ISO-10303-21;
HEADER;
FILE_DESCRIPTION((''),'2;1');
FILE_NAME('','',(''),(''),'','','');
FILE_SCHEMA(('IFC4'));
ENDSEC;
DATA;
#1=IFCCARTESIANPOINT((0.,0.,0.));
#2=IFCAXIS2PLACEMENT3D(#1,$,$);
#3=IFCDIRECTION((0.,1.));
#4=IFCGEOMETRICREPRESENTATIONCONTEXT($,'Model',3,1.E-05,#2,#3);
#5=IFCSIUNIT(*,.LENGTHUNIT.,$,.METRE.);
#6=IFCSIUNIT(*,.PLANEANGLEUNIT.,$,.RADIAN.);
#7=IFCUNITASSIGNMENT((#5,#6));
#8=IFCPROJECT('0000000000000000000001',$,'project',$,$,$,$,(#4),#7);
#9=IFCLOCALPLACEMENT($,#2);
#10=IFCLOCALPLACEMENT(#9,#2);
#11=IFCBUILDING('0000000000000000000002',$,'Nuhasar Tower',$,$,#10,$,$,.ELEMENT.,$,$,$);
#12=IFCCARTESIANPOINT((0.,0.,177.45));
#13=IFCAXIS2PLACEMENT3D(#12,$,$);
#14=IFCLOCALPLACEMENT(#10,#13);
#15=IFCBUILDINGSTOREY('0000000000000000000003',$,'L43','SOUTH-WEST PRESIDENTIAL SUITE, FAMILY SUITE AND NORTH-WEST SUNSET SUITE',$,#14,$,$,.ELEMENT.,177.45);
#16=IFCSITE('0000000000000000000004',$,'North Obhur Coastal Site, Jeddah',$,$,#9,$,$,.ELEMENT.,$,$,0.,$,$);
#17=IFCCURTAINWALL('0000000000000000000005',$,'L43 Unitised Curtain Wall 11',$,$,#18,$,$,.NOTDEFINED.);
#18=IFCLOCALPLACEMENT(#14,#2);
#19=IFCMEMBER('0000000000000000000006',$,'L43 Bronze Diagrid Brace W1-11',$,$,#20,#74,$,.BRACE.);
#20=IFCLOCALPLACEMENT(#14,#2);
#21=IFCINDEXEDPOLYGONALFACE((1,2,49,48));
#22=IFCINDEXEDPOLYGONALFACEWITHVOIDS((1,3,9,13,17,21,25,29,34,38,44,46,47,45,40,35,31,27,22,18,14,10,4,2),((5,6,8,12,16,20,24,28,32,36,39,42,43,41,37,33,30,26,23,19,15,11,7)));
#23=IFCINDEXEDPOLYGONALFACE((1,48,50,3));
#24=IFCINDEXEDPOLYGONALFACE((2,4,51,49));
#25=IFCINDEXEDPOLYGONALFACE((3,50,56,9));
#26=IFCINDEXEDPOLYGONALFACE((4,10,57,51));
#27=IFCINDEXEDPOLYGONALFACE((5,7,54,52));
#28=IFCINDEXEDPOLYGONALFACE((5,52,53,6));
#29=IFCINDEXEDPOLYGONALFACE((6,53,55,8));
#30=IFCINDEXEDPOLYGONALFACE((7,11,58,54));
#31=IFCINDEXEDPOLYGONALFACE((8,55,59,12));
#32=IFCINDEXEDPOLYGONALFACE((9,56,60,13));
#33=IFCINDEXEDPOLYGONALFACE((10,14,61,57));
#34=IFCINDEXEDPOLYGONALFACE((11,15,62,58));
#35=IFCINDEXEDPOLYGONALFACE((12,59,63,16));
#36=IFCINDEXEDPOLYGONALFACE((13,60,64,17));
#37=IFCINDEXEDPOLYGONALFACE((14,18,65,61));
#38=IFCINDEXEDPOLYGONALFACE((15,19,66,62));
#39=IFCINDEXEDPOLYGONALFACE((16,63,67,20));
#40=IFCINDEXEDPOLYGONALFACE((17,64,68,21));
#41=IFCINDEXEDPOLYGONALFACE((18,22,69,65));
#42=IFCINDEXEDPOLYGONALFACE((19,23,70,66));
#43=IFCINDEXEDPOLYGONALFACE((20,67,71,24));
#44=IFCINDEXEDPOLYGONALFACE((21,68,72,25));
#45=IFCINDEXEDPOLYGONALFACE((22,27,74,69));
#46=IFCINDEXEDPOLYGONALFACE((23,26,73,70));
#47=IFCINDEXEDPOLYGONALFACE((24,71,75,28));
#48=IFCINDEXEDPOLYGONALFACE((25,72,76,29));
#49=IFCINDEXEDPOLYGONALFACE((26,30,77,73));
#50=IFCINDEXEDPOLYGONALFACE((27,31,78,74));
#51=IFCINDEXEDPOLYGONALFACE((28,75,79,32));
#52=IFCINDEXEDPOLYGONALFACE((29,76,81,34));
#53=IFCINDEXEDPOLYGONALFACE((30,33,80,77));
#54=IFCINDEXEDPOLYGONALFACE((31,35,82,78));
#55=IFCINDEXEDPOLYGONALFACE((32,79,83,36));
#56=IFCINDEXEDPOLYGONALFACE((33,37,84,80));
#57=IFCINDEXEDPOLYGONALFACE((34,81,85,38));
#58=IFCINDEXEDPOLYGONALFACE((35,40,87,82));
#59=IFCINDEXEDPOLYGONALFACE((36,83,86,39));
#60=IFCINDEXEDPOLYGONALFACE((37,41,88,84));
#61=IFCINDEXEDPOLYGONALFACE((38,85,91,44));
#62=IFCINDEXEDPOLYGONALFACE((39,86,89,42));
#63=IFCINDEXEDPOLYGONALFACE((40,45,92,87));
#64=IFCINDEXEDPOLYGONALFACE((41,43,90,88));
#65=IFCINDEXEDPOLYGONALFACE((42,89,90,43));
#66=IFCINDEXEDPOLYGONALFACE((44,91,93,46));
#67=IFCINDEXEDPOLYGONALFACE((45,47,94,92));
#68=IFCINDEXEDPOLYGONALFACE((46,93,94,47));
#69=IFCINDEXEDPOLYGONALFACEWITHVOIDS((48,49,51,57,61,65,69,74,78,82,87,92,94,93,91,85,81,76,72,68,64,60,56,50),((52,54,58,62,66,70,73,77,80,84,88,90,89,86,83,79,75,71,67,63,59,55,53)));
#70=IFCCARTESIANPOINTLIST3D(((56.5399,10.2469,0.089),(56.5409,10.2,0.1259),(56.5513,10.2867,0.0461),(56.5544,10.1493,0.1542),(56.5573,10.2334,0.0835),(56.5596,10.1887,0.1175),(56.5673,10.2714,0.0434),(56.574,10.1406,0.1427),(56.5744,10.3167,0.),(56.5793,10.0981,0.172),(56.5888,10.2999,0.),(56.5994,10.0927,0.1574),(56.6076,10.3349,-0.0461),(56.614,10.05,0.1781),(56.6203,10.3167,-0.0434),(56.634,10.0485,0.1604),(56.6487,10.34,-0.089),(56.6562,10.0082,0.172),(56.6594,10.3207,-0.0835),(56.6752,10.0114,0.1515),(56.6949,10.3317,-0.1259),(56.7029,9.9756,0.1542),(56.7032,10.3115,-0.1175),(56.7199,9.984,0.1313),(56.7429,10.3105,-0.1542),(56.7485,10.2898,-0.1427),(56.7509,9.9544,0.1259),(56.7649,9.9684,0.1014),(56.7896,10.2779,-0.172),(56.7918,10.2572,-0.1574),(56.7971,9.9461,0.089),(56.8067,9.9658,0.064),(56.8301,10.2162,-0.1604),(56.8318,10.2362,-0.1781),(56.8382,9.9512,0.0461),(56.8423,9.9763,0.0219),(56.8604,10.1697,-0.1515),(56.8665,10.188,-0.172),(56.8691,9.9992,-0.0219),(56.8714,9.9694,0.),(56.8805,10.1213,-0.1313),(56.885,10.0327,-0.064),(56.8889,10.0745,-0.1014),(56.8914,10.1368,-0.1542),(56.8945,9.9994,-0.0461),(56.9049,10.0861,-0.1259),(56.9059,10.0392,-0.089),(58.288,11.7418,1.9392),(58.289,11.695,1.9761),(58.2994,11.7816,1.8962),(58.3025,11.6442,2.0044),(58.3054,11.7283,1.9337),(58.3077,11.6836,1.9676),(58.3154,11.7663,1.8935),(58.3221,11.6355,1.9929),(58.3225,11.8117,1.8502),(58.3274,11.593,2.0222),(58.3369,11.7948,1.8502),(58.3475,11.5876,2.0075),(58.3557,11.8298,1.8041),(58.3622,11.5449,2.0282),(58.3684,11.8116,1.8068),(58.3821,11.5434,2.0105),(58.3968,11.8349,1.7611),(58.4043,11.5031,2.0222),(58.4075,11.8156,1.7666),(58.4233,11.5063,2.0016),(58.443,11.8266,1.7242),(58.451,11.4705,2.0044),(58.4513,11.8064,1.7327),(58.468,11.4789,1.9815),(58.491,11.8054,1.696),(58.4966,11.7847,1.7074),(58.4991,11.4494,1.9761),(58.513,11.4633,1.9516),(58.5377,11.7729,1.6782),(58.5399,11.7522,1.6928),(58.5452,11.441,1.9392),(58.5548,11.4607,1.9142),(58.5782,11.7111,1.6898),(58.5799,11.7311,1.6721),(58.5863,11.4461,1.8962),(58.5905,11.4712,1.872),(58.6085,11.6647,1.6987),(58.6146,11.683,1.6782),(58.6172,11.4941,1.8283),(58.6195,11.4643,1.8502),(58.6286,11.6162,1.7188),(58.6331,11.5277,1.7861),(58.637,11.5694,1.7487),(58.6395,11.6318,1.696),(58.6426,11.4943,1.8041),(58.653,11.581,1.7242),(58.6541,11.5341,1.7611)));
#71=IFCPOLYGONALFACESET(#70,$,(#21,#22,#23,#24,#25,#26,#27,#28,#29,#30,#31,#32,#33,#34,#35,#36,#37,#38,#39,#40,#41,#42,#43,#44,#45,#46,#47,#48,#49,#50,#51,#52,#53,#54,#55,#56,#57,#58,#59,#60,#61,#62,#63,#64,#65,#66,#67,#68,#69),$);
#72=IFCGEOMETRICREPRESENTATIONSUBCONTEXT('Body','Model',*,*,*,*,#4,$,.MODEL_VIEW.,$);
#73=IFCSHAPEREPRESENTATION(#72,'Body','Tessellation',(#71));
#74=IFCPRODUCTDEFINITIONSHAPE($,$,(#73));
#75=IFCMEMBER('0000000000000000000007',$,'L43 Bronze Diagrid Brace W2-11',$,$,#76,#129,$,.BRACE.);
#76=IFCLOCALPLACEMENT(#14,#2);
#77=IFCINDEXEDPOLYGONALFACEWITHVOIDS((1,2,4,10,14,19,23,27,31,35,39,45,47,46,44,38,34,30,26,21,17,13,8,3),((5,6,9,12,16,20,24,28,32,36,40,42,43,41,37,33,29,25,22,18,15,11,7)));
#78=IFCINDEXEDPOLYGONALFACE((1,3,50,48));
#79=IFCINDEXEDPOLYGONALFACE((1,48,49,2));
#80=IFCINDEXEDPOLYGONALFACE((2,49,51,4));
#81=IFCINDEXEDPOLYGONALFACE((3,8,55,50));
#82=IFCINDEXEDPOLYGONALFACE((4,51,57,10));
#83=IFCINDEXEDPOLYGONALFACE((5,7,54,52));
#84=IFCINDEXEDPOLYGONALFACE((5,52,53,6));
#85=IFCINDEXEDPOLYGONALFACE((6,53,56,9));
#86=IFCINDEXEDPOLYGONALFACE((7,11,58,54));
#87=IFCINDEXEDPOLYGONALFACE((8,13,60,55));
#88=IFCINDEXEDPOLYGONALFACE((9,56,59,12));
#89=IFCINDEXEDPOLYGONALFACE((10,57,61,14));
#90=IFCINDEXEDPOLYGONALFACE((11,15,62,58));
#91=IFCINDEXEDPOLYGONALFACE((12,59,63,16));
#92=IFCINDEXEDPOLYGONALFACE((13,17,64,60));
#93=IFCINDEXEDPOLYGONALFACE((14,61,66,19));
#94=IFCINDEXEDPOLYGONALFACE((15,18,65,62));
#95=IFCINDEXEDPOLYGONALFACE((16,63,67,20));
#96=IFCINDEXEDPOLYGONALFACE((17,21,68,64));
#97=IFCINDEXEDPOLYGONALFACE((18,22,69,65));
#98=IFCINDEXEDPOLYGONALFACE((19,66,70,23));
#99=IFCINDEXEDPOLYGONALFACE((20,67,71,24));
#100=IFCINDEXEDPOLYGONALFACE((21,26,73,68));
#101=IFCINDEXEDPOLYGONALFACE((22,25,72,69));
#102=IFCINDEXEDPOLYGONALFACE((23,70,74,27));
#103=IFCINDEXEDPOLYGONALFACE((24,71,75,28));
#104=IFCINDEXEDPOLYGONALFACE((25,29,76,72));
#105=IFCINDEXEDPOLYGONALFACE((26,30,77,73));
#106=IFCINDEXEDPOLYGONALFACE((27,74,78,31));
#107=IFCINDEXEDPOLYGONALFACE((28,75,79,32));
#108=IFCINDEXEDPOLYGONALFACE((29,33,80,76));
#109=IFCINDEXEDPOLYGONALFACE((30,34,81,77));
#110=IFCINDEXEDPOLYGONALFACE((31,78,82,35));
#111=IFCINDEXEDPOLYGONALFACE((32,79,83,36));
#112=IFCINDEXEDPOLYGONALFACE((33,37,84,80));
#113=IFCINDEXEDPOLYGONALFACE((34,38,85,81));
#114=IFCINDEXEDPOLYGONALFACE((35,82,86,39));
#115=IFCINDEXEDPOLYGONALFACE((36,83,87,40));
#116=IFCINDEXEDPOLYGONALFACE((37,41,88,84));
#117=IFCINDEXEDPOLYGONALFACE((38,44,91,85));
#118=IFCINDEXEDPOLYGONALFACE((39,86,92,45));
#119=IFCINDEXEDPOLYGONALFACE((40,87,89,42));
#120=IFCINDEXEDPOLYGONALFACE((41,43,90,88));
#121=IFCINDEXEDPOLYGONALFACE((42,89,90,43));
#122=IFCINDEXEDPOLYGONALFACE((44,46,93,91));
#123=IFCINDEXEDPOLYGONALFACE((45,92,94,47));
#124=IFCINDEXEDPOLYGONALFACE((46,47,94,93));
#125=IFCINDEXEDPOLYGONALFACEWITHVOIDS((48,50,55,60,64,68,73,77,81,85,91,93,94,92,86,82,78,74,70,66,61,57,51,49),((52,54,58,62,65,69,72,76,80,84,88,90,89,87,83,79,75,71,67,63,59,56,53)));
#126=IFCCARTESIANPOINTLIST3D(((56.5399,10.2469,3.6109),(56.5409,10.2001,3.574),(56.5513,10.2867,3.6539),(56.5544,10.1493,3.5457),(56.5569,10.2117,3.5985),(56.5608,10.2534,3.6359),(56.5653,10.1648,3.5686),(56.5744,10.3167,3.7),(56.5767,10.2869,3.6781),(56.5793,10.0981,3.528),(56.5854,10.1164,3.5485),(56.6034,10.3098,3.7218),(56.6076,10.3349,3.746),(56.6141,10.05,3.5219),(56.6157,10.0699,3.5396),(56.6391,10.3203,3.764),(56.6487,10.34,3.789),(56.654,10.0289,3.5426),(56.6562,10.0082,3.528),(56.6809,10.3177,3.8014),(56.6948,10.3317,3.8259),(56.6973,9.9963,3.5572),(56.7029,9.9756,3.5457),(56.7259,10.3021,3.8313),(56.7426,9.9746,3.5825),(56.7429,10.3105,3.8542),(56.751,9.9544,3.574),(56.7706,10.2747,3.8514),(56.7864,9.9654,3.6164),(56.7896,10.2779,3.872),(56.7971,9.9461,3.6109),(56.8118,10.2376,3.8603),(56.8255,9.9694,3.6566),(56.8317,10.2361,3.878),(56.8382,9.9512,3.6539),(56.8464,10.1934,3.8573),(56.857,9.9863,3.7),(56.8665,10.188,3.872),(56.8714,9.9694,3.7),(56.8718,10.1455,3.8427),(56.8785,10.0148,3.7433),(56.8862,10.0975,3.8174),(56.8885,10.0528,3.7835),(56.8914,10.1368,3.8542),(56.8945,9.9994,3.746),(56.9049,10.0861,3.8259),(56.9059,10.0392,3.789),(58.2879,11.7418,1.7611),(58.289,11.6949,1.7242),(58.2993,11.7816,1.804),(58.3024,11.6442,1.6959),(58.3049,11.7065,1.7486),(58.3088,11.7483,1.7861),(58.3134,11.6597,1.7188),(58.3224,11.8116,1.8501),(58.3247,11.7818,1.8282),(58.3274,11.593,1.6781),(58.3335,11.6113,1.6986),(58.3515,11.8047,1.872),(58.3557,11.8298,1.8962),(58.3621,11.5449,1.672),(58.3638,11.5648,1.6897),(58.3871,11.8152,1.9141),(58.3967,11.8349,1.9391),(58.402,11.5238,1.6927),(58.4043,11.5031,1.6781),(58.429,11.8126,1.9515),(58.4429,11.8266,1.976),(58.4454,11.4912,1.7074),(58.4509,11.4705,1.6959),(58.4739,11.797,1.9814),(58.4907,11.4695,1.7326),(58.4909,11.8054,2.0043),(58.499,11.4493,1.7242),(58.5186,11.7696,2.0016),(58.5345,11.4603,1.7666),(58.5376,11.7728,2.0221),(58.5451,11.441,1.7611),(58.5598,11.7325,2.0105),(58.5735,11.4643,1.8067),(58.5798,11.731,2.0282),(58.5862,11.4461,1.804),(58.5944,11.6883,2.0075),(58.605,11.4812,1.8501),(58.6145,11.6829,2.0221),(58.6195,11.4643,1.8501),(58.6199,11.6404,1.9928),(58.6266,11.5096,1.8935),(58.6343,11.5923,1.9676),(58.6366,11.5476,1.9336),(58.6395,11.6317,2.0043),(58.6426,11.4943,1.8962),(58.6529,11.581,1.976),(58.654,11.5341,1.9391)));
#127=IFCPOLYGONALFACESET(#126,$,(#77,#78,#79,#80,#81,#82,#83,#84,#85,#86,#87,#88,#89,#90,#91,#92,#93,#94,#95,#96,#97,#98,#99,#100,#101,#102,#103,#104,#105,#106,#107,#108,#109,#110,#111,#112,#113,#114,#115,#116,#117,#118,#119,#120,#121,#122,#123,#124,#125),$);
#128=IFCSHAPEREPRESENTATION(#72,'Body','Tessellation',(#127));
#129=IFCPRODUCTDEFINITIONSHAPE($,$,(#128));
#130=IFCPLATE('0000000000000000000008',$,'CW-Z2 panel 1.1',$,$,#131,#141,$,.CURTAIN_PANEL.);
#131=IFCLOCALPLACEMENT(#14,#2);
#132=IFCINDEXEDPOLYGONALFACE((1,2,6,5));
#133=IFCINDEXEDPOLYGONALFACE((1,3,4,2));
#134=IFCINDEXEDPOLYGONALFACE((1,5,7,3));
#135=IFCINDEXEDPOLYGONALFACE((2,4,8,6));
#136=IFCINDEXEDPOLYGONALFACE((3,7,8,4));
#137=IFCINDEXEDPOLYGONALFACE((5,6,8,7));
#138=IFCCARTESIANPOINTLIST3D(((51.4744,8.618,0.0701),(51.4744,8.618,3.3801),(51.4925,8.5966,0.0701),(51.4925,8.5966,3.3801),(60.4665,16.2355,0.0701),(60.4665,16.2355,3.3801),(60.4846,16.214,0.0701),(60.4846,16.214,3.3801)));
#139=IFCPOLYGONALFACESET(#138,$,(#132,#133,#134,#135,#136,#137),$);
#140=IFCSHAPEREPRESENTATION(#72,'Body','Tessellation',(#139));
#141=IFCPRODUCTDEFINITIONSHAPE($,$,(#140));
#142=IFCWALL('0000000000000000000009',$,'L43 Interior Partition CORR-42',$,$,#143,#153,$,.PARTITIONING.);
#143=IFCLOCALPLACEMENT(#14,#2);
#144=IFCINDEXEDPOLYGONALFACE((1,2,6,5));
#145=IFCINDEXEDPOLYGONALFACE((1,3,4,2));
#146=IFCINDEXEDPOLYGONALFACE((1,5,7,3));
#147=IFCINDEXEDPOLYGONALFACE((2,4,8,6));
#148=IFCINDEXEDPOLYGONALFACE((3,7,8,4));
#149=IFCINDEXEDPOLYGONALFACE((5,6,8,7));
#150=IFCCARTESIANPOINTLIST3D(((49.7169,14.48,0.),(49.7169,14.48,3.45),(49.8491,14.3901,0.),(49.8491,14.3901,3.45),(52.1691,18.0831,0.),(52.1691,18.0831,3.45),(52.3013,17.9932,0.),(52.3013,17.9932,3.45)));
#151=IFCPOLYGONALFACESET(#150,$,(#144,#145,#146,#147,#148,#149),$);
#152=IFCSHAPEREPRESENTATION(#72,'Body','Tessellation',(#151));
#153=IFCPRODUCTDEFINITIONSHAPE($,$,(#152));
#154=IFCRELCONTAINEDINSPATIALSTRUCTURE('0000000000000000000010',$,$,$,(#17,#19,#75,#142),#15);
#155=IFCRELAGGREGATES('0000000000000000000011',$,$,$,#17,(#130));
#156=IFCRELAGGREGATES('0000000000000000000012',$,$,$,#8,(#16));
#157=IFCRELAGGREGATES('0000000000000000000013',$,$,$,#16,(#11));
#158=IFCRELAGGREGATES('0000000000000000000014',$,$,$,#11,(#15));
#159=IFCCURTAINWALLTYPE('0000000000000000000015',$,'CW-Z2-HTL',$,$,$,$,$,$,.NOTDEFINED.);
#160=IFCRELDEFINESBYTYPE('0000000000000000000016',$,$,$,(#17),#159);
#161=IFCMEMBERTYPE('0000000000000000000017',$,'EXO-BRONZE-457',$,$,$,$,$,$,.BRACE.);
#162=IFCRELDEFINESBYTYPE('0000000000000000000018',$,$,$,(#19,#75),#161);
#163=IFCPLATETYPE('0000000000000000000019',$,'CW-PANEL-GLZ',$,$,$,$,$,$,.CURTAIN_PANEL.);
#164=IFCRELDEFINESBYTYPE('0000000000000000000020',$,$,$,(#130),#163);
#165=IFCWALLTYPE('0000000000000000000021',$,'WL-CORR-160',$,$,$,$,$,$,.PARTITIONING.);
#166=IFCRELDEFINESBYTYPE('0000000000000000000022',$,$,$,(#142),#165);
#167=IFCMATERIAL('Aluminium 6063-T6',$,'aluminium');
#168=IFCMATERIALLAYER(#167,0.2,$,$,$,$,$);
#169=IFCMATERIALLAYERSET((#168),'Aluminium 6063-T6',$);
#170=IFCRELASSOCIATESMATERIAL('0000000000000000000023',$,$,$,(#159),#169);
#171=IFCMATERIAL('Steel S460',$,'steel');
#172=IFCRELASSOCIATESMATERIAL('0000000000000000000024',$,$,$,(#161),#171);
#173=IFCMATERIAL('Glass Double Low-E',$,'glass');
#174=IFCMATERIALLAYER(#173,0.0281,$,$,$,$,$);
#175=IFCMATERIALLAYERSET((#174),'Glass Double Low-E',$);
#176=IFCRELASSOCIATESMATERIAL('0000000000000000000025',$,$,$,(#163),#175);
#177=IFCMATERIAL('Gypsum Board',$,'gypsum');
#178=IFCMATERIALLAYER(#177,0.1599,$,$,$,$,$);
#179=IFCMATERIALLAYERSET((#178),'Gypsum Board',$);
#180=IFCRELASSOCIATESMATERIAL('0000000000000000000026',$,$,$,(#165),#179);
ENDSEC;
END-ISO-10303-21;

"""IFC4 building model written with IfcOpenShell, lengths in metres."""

from ifc_helpers import new_model, si_unit, direction, frame, frame_2d, origin, origin_2d, place, context, subcontext, project, spatial, rectangle, hollow_circle, extrude, material, layer, layer_set, material_profile, profile_set, type_object, element, aggregate, save


model = new_model("IFC4")

# Units and contexts
model_context = context("Model", 3, precision=1e-05, world=origin(), true_north=direction((0.0, 1.0)))
body_context = subcontext(model_context, "Body", "Model", "MODEL_VIEW")
ifc_project = project(units=[si_unit("LENGTHUNIT", "METRE"), si_unit("PLANEANGLEUNIT", "RADIAN")], contexts=[model_context])

# Site, building, storey
site_placement = place(None, origin())
site = spatial("IfcSite", under=ifc_project, at=site_placement, Name="North Obhur Coastal Site, Jeddah", CompositionType="ELEMENT", RefElevation=0.0)
building_placement = place(site_placement, origin())
building = spatial("IfcBuilding", under=site, at=building_placement, Name="Nuhasar Tower", CompositionType="ELEMENT")
storey_placement = place(building_placement, frame((0.0, 0.0, 177.45)))
storey = spatial("IfcBuildingStorey", under=building, at=storey_placement, Name="L43", Description="SOUTH-WEST PRESIDENTIAL SUITE, FAMILY SUITE AND NORTH-WEST SUNSET SUITE", CompositionType="ELEMENT", Elevation=177.45)

# Shared definitions
ifc_material_1 = material(Name="Aluminium 6063-T6", Category="aluminium")
ifc_layer_1 = layer(ifc_material_1, 0.2)
ifc_layer_set_1 = layer_set([ifc_layer_1], Name="Aluminium 6063-T6")
curtain_wall_type = type_object("IfcCurtainWallType", Name="CW-Z2-HTL", PredefinedType="NOTDEFINED", material=ifc_layer_set_1)

# Curtain wall
curtain_wall_1_placement = place(storey_placement, origin())
curtain_wall_1 = element("IfcCurtainWall", 1, at=curtain_wall_1_placement, inside=storey, type_object=curtain_wall_type, Name="L43 Unitised Curtain Wall 11", PredefinedType="NOTDEFINED")

# Members
ifc_material_2 = material(Name="Steel S460", Category="steel")
ifc_material_profile_1 = material_profile(ifc_material_2, hollow_circle(Radius=0.2285, WallThickness=0.0222, at=origin_2d()), Name="HSS457X22.2")
ifc_profile_set_1 = profile_set([ifc_material_profile_1], Name="Steel S460")
member_type_1 = type_object("IfcMemberType", Name="EXO-BRONZE-457", PredefinedType="BRACE", material=ifc_profile_set_1)
member_1_placement = place(storey_placement, frame((56.7229, 10.1431, 0.0), z_axis=(0.592195, 0.506426, 0.626767), x_axis=(-0.649926, 0.759998, 0.0)))
element("IfcMember", 2, at=member_1_placement, inside=storey, type_object=member_type_1, Name="L43 Bronze Diagrid Brace W1-11", PredefinedType="BRACE", context=body_context, shape_type="SweptSolid", body=[
    extrude(hollow_circle(Radius=0.2285, WallThickness=0.0222, at=origin_2d()), origin(), (0.0, 0.0, 1.0), 2.9519),
])
member_2_placement = place(storey_placement, frame((58.4709, 11.6379, 1.8501), z_axis=(-0.592226, -0.506452, 0.626717), x_axis=(0.649926, -0.759998, 0.0)))
element("IfcMember", 3, at=member_2_placement, inside=storey, type_object=member_type_1, Name="L43 Bronze Diagrid Brace W2-11", PredefinedType="BRACE", context=body_context, shape_type="SweptSolid", body=[
    extrude(hollow_circle(Radius=0.2285, WallThickness=0.0222, at=origin_2d()), origin(), (0.0, 0.0, 1.0), 2.9517),
])

# Plate
ifc_material_3 = material(Name="Glass Double Low-E", Category="glass")
ifc_layer_2 = layer(ifc_material_3, 0.0281)
ifc_layer_set_2 = layer_set([ifc_layer_2], Name="Glass Double Low-E")
plate_type = type_object("IfcPlateType", Name="CW-PANEL-GLZ", PredefinedType="CURTAIN_PANEL", material=ifc_layer_set_2)
plate_placement = place(storey_placement, frame((55.9795, 12.416, 0.0701), z_axis=(0.0, 0.0, 1.0), x_axis=(0.76302, 0.646374, 0.0)))
plate = element("IfcPlate", 4, at=plate_placement, type_object=plate_type, Name="CW-Z2 panel 1.1", PredefinedType="CURTAIN_PANEL", context=body_context, shape_type="SweptSolid", body=[
    extrude(rectangle(XDim=11.7849, YDim=0.0281, at=origin_2d()), origin(), (0.0, 0.0, 1.0), 3.3101),
])
aggregate(curtain_wall_1, [plate])

# Shared definitions
ifc_material_4 = material(Name="Gypsum Board", Category="gypsum")
ifc_layer_3 = layer(ifc_material_4, 0.1599)
ifc_layer_set_3 = layer_set([ifc_layer_3], Name="Gypsum Board")
wall_type = type_object("IfcWallType", Name="WL-CORR-160", PredefinedType="PARTITIONING", material=ifc_layer_set_3)

# Wall
wall_1_placement = place(storey_placement, frame((49.783, 14.4351, 0.0), z_axis=(0.0, 0.0, 1.0), x_axis=(0.562638, 0.826703, 0.0)))
element("IfcWall", 5, at=wall_1_placement, inside=storey, type_object=wall_type, Name="L43 Interior Partition CORR-42", PredefinedType="PARTITIONING", context=body_context, shape_type="SweptSolid", body=[
    extrude(rectangle(XDim=4.3584, YDim=0.1599, at=frame_2d((2.1792, 0.0))), origin(), (0.0, 0.0, 1.0), 3.45),
])

save(model, "model.ifc")
